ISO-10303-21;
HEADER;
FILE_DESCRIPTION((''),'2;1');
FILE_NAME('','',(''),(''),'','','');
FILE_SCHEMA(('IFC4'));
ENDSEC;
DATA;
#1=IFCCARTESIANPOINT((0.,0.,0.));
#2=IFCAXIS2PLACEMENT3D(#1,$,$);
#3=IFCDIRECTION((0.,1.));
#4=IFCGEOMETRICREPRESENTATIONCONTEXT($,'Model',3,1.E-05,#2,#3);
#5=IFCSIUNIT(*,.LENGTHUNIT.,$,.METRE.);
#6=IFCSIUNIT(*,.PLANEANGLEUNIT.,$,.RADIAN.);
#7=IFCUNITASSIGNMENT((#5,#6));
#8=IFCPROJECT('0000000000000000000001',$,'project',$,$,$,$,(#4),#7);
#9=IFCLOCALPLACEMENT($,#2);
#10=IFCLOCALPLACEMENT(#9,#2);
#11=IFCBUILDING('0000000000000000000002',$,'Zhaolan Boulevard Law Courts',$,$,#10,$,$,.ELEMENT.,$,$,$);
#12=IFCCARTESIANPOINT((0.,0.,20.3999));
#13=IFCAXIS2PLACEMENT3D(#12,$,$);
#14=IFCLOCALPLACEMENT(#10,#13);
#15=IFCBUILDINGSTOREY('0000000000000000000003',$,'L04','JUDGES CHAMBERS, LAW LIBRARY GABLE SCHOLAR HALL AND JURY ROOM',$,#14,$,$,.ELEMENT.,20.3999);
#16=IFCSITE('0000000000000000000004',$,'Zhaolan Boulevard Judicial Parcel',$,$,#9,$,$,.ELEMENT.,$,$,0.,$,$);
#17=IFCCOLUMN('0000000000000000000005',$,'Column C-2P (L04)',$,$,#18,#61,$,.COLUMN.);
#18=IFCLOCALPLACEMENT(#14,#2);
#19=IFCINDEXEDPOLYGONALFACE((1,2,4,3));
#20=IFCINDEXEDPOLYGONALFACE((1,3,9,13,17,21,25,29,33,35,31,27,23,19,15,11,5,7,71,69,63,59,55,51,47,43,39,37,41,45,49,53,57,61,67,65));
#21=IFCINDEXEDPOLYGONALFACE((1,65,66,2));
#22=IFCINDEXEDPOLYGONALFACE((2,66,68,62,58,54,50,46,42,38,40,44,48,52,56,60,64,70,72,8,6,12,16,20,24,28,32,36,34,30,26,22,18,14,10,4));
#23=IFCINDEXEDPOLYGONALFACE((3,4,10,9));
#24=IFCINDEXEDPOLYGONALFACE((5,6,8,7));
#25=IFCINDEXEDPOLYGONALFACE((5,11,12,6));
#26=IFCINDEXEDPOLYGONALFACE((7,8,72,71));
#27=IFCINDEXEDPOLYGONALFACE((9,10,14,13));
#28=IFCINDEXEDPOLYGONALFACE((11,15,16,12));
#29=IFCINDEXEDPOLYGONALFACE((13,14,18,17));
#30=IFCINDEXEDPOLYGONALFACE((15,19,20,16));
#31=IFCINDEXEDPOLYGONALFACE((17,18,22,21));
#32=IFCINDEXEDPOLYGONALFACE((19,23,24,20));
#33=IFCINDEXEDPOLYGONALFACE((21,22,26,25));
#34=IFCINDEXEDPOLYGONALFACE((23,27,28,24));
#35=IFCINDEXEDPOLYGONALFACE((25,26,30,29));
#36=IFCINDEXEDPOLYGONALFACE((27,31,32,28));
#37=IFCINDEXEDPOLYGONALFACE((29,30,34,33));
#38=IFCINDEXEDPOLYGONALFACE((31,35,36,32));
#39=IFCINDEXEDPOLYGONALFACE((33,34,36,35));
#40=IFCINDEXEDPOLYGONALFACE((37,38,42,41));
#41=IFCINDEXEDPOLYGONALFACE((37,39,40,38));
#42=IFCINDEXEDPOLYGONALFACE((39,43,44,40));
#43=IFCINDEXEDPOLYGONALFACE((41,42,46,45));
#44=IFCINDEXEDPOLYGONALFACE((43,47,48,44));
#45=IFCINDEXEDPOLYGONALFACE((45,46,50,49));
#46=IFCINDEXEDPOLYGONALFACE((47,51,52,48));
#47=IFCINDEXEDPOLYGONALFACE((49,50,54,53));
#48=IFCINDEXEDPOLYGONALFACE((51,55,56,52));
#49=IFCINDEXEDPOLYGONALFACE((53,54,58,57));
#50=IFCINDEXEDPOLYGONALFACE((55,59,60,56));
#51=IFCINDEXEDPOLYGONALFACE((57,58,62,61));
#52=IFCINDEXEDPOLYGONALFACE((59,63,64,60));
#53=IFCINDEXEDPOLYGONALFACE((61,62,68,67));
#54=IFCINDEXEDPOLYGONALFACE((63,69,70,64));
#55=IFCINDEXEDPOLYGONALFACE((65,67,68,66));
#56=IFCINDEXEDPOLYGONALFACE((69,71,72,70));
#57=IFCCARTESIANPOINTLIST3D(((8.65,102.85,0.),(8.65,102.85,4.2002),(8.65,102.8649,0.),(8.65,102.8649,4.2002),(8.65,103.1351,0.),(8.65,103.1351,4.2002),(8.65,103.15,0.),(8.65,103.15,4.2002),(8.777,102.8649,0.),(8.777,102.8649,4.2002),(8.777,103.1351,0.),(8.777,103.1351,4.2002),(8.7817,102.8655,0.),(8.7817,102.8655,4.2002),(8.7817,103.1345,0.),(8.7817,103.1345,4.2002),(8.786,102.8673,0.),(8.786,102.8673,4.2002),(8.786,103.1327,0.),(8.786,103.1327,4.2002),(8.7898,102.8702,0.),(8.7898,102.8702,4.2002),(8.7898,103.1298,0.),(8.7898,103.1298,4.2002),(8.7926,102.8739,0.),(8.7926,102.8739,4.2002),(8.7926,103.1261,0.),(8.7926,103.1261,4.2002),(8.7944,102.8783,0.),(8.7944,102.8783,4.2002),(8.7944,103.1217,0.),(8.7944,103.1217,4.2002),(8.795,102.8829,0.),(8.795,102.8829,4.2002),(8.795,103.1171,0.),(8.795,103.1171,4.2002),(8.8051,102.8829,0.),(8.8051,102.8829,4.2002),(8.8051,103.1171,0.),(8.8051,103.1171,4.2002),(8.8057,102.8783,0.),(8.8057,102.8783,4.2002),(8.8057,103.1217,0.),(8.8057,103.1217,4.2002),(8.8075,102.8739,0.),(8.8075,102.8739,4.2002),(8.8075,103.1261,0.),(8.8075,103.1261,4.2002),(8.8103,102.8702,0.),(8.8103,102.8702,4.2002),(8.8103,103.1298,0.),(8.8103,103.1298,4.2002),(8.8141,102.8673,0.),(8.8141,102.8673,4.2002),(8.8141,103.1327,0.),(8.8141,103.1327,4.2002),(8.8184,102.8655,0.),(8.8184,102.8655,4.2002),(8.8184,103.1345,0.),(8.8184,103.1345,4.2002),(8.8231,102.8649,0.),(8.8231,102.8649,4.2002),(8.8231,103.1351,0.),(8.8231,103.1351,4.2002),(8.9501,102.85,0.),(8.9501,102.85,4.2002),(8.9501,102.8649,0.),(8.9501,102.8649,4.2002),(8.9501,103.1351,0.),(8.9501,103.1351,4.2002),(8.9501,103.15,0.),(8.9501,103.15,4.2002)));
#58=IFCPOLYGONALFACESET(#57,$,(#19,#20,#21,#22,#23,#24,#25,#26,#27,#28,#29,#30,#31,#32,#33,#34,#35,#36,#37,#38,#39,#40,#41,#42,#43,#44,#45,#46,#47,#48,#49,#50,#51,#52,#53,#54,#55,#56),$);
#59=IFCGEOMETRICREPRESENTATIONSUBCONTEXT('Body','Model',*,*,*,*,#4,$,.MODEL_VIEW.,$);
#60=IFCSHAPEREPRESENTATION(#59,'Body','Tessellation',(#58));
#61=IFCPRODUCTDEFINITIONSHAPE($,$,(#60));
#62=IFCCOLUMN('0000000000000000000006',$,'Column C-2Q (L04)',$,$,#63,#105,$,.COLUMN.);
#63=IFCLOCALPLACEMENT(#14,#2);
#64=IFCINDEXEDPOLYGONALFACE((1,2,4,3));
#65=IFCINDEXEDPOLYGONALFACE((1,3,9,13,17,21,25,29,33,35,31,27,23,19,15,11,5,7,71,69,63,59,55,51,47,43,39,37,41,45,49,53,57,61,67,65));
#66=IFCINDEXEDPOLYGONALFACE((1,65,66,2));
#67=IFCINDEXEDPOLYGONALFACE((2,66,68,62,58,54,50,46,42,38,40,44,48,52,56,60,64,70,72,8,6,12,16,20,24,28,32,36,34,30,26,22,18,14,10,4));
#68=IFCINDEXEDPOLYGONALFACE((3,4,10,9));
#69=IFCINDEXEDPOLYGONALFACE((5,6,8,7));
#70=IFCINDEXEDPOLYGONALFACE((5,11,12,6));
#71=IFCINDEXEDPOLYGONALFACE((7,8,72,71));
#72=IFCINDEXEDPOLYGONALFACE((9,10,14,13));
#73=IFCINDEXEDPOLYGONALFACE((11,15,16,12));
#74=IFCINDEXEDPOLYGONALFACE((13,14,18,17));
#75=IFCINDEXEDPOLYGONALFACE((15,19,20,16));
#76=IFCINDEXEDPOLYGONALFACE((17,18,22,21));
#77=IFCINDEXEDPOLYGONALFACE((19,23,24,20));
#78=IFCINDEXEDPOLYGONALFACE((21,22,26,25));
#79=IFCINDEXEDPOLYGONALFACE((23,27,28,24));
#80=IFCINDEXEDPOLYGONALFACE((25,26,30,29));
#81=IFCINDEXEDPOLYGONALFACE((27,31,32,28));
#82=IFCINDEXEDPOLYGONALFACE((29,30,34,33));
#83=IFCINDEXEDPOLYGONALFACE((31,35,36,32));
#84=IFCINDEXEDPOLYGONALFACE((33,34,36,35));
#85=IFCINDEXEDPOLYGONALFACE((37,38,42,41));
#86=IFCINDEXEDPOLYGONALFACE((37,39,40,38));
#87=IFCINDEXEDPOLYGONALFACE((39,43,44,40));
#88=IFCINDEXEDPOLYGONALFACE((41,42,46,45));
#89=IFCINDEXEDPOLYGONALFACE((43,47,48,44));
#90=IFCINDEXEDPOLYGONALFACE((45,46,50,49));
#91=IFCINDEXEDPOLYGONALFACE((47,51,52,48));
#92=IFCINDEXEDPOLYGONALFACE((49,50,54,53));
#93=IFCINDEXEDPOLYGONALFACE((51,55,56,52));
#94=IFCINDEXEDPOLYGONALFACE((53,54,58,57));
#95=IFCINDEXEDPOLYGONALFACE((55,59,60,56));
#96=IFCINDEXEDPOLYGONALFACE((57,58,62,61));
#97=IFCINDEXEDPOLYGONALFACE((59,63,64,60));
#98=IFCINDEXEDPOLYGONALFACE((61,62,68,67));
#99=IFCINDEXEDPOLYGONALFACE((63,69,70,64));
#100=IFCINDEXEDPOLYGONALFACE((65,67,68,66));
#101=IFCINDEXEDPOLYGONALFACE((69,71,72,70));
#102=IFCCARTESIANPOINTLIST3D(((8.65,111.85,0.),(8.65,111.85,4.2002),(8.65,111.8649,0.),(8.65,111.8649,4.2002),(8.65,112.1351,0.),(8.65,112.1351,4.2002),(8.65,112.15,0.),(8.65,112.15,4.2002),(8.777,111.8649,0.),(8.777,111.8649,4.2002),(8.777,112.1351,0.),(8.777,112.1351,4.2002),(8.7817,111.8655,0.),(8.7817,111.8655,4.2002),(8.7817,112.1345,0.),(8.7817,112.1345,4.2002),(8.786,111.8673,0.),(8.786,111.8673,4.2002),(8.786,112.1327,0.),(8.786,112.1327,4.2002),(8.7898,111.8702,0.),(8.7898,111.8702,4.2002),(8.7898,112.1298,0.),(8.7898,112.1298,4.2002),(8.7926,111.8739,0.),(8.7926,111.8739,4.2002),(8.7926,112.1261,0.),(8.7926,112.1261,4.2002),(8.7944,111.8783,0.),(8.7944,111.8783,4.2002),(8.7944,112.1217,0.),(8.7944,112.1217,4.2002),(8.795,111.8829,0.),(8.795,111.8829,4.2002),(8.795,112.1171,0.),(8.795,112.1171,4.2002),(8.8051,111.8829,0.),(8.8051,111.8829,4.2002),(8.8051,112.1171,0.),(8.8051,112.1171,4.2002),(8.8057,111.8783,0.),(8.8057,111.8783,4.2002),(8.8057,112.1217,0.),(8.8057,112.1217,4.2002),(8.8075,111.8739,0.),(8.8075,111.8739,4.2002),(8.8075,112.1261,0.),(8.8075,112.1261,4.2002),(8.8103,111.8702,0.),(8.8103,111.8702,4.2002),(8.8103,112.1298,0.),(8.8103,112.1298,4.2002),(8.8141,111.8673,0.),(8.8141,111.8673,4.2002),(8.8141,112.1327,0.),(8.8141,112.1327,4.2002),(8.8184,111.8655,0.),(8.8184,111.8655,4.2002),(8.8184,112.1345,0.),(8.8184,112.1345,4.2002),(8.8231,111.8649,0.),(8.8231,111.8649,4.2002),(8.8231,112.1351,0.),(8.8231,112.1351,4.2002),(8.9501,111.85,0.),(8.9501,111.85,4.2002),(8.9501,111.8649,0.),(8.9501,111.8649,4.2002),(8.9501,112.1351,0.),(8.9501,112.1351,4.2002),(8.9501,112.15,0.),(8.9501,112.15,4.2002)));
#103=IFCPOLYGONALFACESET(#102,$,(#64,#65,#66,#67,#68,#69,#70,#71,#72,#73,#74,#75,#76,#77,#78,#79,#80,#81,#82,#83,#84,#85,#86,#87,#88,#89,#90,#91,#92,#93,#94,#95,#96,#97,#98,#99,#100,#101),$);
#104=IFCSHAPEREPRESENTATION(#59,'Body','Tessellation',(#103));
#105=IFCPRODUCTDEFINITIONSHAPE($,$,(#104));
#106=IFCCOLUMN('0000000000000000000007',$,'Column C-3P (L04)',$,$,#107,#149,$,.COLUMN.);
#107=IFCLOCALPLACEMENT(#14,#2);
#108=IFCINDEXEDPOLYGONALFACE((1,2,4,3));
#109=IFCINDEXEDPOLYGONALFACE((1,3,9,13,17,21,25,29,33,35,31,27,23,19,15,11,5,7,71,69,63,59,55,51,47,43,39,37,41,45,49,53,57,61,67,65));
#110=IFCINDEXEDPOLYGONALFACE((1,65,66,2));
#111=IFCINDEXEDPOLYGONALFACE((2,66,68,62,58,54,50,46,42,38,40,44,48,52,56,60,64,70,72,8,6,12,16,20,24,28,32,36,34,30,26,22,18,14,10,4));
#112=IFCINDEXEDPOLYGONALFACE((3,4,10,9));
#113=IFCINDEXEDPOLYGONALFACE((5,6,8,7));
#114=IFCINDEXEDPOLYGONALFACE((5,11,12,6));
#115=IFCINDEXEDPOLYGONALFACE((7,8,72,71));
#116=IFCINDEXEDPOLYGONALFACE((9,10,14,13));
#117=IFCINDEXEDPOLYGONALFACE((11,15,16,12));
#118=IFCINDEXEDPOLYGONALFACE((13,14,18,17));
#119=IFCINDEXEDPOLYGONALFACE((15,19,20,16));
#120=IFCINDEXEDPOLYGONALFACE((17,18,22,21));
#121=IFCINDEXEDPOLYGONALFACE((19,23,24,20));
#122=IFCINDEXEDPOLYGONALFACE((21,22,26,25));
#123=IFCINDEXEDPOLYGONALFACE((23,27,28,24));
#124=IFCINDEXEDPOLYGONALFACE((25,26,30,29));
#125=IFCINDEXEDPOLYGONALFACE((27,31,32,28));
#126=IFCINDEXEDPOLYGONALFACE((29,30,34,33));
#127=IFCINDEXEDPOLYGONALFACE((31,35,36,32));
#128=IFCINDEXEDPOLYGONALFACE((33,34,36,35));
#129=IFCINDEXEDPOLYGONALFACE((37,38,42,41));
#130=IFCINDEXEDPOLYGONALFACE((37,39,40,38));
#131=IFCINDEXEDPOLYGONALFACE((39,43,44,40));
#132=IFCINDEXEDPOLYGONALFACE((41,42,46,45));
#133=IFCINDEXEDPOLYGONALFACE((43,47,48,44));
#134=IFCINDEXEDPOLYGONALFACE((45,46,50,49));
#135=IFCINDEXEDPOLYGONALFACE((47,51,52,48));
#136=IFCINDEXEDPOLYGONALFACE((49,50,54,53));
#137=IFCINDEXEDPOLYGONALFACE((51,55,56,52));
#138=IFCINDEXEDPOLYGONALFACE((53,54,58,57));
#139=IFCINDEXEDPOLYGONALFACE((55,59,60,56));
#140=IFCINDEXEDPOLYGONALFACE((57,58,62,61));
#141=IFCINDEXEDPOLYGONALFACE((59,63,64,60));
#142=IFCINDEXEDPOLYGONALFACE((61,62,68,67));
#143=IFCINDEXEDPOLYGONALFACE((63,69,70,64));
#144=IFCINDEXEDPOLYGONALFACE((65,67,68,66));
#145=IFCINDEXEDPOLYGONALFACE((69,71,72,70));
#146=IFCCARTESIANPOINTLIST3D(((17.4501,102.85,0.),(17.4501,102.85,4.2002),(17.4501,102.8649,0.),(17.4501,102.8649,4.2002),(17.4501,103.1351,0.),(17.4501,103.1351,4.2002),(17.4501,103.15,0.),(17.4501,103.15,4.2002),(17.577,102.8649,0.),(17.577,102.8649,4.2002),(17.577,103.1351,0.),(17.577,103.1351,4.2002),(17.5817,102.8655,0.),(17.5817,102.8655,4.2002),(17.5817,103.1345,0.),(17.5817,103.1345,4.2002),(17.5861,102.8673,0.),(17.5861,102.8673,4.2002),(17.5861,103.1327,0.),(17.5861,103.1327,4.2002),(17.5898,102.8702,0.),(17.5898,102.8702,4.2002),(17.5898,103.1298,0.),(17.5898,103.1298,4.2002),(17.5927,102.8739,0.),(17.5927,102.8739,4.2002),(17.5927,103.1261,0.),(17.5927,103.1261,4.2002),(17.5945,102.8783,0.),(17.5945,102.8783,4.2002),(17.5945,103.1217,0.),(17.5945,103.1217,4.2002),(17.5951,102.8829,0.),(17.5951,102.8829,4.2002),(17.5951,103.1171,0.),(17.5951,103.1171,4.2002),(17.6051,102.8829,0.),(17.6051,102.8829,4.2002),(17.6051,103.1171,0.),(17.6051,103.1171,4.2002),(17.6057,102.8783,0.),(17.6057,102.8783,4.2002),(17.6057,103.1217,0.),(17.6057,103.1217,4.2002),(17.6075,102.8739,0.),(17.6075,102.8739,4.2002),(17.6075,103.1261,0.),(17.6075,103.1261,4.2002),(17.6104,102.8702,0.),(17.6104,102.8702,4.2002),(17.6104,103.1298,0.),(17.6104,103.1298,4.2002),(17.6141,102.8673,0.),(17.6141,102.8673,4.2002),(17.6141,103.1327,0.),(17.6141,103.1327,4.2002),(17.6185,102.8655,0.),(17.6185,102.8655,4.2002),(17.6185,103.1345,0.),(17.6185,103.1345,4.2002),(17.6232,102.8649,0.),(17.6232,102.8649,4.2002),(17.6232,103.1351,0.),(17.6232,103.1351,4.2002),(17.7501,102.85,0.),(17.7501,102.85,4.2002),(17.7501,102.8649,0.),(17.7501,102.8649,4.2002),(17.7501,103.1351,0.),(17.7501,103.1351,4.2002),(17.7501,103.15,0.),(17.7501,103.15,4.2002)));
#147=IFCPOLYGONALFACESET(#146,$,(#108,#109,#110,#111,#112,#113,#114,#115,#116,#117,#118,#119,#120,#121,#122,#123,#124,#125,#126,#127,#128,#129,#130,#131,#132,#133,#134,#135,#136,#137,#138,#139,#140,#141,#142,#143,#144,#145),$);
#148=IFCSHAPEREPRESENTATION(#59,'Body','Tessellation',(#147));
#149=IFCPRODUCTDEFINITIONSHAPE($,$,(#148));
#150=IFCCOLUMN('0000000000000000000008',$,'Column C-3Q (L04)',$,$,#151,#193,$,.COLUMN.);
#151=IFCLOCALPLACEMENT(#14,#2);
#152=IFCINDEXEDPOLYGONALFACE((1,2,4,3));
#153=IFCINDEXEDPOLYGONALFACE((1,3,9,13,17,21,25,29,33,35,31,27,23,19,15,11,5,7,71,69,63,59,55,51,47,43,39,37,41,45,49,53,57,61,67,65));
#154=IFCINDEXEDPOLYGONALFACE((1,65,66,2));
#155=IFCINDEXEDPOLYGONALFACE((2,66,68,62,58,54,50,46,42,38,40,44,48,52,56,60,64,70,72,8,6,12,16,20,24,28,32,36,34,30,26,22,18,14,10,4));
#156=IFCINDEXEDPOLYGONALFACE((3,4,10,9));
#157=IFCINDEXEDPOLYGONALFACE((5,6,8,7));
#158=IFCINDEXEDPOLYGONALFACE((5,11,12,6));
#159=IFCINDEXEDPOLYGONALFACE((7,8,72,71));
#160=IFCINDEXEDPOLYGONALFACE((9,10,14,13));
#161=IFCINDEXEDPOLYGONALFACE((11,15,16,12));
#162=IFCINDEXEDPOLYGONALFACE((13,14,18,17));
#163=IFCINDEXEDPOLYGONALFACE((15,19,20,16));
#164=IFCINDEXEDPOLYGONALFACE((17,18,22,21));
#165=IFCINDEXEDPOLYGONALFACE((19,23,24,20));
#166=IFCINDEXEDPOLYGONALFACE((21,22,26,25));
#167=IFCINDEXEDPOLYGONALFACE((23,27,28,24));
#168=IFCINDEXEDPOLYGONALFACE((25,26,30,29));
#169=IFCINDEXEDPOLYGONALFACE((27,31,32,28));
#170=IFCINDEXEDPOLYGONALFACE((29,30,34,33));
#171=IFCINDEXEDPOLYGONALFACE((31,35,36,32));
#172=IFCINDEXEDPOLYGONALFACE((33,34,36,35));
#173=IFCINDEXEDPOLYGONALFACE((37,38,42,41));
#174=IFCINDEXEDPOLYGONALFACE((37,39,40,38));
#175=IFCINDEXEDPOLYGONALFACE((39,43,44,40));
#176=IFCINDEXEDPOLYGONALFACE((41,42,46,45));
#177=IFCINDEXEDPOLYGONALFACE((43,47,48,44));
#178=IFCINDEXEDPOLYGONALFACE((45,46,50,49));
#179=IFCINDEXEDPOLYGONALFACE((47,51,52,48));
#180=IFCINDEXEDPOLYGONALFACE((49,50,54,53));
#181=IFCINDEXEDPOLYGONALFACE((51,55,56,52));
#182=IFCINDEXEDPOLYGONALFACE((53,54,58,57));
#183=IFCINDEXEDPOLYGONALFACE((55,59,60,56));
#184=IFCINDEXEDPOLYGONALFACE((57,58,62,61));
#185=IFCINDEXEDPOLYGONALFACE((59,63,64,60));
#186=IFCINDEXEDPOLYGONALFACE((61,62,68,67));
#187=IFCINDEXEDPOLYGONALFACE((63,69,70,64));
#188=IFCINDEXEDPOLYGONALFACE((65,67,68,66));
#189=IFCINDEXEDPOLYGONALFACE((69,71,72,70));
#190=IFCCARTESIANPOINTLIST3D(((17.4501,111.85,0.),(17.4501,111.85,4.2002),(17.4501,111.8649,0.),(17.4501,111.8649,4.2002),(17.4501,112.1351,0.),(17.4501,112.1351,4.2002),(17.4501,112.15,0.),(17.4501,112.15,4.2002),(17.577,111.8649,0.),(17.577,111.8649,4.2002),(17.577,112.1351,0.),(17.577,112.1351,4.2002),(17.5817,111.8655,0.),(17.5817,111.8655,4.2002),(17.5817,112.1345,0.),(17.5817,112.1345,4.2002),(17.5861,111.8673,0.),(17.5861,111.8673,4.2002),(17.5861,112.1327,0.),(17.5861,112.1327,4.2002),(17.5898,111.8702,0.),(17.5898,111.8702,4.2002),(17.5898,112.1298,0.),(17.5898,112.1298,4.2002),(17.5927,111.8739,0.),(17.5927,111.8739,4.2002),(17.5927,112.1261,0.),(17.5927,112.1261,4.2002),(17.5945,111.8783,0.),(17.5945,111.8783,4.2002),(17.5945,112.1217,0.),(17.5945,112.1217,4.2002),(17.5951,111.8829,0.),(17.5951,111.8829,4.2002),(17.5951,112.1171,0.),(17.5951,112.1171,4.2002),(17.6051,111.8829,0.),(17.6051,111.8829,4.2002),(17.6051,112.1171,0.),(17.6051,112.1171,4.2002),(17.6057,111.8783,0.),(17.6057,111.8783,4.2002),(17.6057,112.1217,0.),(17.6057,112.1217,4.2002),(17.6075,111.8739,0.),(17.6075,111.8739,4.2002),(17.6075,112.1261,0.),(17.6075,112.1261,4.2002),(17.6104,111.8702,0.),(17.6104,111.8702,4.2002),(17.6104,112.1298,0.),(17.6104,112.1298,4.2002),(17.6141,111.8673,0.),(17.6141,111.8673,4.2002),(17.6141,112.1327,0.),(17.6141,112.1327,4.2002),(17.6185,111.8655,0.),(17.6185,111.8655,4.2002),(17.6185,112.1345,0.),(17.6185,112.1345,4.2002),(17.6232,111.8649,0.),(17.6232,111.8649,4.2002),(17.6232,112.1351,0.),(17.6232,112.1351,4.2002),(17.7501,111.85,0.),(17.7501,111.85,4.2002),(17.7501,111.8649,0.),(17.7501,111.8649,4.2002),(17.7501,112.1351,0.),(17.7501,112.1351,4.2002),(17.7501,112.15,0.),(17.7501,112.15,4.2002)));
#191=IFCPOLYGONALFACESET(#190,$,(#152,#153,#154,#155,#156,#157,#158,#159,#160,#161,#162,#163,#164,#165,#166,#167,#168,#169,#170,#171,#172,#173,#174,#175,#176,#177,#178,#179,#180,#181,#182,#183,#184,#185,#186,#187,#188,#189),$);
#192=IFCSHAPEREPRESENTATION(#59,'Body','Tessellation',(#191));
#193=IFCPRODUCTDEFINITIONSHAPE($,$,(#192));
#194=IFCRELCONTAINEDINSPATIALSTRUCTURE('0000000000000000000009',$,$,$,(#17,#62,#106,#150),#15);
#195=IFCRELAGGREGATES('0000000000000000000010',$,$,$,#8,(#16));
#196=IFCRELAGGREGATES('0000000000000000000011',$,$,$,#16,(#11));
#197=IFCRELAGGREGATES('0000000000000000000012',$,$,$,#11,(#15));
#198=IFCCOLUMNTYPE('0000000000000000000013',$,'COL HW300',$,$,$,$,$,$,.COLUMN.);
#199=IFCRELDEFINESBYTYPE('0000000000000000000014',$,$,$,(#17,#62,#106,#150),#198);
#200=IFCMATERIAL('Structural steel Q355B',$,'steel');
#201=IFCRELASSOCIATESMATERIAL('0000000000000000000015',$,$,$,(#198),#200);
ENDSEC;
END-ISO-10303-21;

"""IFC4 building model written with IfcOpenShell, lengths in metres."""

from ifc_helpers import new_model, si_unit, direction, frame, origin, origin_2d, place, context, subcontext, project, spatial, i_section, extrude, material, material_profile, profile_set, type_object, element, save


model = new_model("IFC4")

# Units and contexts
model_context = context("Model", 3, precision=1e-05, world=origin(), true_north=direction((0.0, 1.0)))
body_context = subcontext(model_context, "Body", "Model", "MODEL_VIEW")
ifc_project = project(units=[si_unit("LENGTHUNIT", "METRE"), si_unit("PLANEANGLEUNIT", "RADIAN")], contexts=[model_context])

# Site, building, storey
site_placement = place(None, origin())
site = spatial("IfcSite", under=ifc_project, at=site_placement, Name="Zhaolan Boulevard Judicial Parcel", CompositionType="ELEMENT", RefElevation=0.0)
building_placement = place(site_placement, origin())
building = spatial("IfcBuilding", under=site, at=building_placement, Name="Zhaolan Boulevard Law Courts", CompositionType="ELEMENT")
storey_placement = place(building_placement, frame((0.0, 0.0, 20.3999)))
storey = spatial("IfcBuildingStorey", under=building, at=storey_placement, Name="L04", Description="JUDGES CHAMBERS, LAW LIBRARY GABLE SCHOLAR HALL AND JURY ROOM", CompositionType="ELEMENT", Elevation=20.3999)

# Columns
ifc_material_1 = material(Name="Structural steel Q355B", Category="steel")
ifc_material_profile_1 = material_profile(ifc_material_1, i_section(OverallWidth=0.3, OverallDepth=0.3, WebThickness=0.01, FlangeThickness=0.0149, FilletRadius=0.0181, at=origin_2d()), Name="HW300x300")
ifc_profile_set_1 = profile_set([ifc_material_profile_1], Name="Structural steel Q355B")
column_type = type_object("IfcColumnType", Name="COL HW300", PredefinedType="COLUMN", material=ifc_profile_set_1)
for number, where, z_axis, x_axis, name in (
    (1, (8.8, 103.0, 0.0), (0.0, 0.0, 1.0), (1.0, 0.0, 0.0), "Column C-2P (L04)"),
    (2, (8.8, 112.0, 0.0), (0.0, 0.0, 1.0), (1.0, 0.0, 0.0), "Column C-2Q (L04)"),
    (3, (17.6001, 103.0, 0.0), (0.0, 0.0, 1.0), (1.0, 0.0, 0.0), "Column C-3P (L04)"),
    (4, (17.6001, 112.0, 0.0), (0.0, 0.0, 1.0), (1.0, 0.0, 0.0), "Column C-3Q (L04)"),
):
    element("IfcColumn", number, at=place(storey_placement, frame(where, z_axis=z_axis, x_axis=x_axis)), inside=storey, type_object=column_type, Name=name, PredefinedType="COLUMN", context=body_context, shape_type="SweptSolid", body=[
        extrude(i_section(OverallWidth=0.3, OverallDepth=0.3, WebThickness=0.01, FlangeThickness=0.0149, FilletRadius=0.0181, at=origin_2d()), origin(), (0.0, 0.0, 1.0), 4.2002),
    ])

save(model, "model.ifc")
